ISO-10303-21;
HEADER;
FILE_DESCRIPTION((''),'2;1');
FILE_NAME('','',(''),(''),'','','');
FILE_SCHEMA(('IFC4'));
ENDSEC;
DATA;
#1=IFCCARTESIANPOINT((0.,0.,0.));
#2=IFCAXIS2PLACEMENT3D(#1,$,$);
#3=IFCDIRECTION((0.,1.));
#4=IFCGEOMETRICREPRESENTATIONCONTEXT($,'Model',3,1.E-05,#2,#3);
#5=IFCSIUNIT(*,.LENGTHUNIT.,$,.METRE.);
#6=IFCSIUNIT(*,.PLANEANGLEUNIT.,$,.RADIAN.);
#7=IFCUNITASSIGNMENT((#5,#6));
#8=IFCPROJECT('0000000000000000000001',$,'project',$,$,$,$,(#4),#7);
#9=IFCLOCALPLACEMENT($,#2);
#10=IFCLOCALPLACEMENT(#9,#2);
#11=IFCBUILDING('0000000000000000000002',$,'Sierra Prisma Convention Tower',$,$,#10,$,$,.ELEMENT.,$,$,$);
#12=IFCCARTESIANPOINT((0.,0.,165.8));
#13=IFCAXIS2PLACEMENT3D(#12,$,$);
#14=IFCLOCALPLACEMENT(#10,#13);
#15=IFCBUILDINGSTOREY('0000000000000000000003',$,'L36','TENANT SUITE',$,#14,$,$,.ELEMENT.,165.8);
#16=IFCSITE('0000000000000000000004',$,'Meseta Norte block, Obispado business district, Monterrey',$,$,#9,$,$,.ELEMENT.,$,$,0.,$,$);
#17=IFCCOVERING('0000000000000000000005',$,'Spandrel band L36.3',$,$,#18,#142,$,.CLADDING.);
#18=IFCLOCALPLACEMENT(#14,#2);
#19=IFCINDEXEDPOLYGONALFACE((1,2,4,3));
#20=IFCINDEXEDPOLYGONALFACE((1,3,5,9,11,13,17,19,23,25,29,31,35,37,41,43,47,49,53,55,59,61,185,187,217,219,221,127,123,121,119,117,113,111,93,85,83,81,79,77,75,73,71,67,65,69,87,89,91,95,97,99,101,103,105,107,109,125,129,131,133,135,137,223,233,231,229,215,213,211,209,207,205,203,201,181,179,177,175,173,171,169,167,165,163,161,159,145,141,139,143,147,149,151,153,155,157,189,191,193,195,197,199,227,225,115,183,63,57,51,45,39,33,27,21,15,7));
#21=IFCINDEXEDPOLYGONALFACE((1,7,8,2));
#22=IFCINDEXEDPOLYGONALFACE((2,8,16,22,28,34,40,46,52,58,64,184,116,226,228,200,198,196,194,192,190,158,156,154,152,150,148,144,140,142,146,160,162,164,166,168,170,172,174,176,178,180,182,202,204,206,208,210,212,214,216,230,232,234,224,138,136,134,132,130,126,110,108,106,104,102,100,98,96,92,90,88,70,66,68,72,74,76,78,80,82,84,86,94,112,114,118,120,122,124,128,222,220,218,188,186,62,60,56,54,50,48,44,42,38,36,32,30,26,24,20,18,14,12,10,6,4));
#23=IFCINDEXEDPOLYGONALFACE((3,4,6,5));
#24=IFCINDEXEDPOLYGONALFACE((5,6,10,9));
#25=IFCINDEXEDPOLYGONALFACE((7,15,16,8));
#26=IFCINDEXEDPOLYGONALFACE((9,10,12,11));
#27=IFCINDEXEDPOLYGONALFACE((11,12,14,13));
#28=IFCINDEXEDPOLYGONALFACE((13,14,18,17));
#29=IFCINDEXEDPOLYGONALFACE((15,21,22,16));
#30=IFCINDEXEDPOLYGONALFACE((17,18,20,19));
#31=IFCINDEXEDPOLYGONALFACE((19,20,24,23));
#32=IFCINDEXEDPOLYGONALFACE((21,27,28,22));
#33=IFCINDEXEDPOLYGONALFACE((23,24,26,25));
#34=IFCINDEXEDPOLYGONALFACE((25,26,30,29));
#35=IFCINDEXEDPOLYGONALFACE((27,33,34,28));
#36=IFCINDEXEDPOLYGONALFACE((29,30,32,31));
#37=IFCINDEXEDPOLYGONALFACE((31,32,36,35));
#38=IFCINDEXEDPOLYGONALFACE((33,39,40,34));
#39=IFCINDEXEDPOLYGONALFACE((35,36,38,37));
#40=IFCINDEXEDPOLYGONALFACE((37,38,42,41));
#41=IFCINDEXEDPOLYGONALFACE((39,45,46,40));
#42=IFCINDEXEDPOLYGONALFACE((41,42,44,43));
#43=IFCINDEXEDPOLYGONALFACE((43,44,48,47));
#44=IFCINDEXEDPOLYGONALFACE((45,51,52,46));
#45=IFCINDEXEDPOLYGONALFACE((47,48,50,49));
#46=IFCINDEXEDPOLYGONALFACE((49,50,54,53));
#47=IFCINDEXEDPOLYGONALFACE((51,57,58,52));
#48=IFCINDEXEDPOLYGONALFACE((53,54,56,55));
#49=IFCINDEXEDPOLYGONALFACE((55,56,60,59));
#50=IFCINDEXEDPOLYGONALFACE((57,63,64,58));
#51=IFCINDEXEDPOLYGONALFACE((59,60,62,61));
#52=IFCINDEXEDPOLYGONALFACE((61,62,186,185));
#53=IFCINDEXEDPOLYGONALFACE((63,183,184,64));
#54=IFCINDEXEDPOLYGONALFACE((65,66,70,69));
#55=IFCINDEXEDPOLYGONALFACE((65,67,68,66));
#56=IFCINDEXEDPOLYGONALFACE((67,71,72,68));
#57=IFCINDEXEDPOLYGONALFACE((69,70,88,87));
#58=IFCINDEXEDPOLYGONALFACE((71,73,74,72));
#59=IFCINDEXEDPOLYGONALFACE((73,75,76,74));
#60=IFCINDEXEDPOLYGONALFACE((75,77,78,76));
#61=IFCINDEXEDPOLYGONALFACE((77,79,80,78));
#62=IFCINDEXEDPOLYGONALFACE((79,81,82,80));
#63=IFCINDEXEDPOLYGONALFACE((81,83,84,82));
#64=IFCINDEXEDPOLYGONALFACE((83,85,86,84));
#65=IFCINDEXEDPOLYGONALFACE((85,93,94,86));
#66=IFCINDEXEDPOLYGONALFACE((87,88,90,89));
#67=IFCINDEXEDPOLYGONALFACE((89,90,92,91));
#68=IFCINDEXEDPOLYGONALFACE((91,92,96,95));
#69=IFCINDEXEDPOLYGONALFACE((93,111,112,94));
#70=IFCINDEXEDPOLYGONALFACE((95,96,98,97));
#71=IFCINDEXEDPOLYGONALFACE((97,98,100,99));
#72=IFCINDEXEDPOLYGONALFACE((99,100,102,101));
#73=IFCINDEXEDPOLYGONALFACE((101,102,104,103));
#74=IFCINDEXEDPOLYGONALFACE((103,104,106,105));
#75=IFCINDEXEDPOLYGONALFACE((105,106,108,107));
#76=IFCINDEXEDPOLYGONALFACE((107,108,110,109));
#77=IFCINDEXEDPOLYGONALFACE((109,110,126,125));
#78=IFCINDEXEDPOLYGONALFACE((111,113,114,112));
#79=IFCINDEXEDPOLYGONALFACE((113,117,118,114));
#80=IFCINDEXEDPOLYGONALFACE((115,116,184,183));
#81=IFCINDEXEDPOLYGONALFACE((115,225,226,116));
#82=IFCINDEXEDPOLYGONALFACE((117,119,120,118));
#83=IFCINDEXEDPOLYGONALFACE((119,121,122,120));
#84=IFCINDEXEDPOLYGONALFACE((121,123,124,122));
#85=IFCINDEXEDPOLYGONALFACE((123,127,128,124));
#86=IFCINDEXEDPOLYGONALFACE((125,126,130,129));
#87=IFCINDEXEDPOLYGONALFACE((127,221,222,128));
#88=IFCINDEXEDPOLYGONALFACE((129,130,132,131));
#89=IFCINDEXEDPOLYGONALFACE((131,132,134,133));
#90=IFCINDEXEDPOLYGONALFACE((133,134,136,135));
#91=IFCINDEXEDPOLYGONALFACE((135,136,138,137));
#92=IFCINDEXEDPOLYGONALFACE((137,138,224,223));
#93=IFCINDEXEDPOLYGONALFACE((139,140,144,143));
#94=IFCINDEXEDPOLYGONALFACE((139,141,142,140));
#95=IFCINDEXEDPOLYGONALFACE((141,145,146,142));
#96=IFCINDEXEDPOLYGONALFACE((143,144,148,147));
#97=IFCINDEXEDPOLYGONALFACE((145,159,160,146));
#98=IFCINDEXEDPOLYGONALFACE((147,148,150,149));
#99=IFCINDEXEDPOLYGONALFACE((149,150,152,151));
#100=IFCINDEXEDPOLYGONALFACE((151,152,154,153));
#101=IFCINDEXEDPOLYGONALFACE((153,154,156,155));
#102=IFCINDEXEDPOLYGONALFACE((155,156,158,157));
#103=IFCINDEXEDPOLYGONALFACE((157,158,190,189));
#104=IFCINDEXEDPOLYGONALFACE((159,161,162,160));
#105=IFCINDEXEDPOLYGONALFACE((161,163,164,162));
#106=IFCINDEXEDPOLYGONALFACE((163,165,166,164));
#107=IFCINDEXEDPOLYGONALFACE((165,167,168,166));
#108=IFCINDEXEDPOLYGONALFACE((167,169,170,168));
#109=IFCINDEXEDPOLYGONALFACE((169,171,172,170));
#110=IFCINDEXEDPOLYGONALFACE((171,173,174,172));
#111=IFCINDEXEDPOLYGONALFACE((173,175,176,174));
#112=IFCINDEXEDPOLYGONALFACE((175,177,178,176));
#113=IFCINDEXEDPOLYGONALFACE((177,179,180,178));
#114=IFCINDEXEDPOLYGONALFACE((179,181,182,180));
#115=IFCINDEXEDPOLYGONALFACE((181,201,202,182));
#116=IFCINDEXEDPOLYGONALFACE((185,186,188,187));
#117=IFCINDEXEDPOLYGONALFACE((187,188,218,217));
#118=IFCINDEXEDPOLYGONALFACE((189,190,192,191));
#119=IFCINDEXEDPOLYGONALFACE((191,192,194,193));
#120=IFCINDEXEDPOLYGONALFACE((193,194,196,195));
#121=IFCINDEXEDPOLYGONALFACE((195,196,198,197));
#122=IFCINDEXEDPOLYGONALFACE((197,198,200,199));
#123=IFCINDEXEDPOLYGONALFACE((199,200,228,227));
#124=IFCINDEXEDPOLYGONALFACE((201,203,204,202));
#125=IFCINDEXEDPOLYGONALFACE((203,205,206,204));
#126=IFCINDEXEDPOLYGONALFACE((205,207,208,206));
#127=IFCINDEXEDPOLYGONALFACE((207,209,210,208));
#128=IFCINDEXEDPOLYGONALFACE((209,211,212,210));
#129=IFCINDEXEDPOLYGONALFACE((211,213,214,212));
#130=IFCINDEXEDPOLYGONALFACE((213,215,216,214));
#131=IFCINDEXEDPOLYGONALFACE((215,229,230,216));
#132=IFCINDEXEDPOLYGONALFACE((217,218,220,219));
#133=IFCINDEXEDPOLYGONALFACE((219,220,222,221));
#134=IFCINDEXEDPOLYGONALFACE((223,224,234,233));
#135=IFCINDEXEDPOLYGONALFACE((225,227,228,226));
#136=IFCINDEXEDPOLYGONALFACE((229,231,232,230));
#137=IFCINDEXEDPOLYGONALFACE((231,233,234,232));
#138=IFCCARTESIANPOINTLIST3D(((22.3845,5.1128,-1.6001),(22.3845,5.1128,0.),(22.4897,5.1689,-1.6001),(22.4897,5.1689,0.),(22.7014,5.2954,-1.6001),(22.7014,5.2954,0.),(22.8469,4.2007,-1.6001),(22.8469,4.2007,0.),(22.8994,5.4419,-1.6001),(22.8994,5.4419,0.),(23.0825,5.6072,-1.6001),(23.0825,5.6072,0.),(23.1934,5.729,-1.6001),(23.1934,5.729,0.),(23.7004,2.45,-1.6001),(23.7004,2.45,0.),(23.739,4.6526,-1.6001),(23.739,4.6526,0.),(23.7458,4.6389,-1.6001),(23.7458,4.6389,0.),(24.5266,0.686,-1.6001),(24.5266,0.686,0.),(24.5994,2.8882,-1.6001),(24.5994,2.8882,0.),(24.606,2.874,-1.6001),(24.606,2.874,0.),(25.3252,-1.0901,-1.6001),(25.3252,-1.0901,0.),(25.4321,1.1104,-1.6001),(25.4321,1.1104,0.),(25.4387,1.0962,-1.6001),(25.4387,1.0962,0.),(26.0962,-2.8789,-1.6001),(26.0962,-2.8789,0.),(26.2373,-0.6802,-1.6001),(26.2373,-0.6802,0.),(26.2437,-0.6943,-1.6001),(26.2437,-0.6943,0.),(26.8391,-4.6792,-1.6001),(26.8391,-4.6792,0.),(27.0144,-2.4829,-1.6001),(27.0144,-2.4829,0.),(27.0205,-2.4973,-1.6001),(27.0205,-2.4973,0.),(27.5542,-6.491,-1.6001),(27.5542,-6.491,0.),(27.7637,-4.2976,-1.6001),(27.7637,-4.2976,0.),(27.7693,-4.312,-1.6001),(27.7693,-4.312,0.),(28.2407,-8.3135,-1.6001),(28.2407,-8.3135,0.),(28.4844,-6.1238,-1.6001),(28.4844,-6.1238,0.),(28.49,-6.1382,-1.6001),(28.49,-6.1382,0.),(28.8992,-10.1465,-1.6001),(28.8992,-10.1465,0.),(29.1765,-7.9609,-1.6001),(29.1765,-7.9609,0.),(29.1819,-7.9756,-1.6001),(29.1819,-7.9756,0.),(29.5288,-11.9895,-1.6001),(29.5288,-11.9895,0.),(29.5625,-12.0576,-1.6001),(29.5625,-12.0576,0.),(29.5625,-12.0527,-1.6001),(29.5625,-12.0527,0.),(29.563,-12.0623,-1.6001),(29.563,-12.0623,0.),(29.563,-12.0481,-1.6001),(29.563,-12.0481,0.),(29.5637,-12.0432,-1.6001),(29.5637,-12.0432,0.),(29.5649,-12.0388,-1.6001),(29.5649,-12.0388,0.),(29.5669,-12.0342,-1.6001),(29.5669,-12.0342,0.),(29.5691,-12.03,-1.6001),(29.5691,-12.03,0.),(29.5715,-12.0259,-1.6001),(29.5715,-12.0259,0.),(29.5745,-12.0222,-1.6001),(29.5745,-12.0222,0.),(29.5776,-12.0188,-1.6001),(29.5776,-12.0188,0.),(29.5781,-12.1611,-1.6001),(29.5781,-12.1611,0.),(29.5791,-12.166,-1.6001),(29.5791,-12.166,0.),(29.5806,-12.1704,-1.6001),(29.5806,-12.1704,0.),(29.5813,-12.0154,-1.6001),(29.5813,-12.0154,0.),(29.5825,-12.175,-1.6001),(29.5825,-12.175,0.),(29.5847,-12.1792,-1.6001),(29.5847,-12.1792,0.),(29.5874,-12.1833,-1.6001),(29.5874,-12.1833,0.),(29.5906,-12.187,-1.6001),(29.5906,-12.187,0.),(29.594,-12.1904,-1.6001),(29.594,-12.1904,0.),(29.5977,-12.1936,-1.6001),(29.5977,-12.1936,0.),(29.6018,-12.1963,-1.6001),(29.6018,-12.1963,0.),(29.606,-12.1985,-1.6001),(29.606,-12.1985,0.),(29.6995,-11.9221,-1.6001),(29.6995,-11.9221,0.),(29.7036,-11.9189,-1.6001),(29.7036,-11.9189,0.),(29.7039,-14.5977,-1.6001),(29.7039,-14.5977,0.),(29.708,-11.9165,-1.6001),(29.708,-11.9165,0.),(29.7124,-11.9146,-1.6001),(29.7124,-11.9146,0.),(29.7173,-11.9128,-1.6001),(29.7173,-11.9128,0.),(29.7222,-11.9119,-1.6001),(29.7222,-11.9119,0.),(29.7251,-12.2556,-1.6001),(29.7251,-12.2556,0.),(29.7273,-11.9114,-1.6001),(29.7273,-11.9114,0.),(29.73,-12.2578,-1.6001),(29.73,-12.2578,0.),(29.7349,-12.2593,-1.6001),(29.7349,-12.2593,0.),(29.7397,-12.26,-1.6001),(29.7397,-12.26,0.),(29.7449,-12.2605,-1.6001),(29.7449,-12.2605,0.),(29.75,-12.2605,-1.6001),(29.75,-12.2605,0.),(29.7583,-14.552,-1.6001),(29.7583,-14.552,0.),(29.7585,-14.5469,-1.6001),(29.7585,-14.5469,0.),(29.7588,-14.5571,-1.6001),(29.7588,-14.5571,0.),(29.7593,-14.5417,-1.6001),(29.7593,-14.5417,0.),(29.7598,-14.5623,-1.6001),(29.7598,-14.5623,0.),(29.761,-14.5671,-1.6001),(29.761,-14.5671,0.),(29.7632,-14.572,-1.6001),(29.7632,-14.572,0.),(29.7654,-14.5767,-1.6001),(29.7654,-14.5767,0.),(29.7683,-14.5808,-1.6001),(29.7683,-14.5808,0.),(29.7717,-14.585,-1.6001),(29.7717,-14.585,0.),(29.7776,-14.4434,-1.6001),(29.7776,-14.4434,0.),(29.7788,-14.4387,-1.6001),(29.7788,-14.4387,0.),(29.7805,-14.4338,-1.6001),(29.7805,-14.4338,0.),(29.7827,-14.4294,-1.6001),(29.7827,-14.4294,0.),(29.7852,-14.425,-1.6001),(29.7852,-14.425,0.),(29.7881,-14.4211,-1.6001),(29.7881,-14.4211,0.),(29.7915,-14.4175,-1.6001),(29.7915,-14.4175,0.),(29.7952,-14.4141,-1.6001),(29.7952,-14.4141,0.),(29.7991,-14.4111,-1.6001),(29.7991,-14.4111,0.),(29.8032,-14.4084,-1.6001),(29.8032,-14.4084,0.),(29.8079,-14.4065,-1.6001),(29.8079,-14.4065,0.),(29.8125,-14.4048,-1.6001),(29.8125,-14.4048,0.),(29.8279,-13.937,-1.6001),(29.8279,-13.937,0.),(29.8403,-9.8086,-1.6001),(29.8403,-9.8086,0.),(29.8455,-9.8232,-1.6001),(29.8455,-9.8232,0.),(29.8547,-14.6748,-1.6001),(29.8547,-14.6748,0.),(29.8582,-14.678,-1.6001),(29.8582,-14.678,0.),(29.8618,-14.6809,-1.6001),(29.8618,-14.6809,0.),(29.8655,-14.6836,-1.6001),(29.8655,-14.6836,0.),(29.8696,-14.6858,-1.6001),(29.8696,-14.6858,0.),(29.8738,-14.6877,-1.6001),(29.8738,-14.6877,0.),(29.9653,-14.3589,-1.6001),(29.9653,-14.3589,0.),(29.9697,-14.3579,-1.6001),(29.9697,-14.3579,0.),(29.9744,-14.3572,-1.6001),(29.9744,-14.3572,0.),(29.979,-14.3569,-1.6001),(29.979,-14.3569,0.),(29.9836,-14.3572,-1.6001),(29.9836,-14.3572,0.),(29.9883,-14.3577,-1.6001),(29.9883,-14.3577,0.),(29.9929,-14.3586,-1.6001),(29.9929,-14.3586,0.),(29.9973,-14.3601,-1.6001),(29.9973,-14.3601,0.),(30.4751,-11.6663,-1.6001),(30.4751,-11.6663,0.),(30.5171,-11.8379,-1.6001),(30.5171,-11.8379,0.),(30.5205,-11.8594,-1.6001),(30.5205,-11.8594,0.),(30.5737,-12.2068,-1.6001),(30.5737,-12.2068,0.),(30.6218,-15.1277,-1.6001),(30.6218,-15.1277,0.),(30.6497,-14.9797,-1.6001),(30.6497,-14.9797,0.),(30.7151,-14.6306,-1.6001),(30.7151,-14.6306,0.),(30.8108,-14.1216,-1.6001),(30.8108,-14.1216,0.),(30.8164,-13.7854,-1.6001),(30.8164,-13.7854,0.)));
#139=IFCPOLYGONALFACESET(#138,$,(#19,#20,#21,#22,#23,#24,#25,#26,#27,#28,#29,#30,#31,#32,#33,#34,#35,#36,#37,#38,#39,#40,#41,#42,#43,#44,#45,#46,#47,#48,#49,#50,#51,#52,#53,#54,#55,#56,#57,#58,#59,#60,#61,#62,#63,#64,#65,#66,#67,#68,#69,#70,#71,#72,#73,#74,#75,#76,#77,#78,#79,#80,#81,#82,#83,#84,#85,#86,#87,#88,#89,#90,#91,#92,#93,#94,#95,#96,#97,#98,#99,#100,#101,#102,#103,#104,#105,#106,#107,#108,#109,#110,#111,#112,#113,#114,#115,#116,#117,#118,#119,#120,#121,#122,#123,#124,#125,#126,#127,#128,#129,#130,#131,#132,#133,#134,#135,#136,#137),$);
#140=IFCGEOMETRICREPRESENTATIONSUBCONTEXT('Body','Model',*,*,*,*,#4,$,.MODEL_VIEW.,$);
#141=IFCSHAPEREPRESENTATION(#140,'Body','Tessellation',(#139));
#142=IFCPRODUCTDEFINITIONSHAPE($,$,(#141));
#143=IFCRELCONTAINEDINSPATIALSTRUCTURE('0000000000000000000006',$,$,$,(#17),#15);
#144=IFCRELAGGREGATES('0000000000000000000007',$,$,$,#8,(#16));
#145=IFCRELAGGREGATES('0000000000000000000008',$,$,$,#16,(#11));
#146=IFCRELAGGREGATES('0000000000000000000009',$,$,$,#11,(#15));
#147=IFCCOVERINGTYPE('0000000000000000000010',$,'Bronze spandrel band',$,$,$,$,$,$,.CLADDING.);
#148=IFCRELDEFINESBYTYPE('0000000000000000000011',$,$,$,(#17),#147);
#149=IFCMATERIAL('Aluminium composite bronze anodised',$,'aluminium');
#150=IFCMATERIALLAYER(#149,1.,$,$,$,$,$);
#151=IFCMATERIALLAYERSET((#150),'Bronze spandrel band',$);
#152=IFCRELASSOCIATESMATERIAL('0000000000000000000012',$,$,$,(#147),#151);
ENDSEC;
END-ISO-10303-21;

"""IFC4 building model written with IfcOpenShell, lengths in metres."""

from ifc_helpers import new_model, si_unit, direction, frame, origin, place, context, subcontext, project, spatial, polyline, outline, extrude, material, layer, layer_set, type_object, element, save


model = new_model("IFC4")

# Units and contexts
model_context = context("Model", 3, precision=1e-05, world=origin(), true_north=direction((0.0, 1.0)))
body_context = subcontext(model_context, "Body", "Model", "MODEL_VIEW")
ifc_project = project(units=[si_unit("LENGTHUNIT", "METRE"), si_unit("PLANEANGLEUNIT", "RADIAN")], contexts=[model_context])

# Site, building, storey
site_placement = place(None, origin())
site = spatial("IfcSite", under=ifc_project, at=site_placement, Name="Meseta Norte block, Obispado business district, Monterrey", CompositionType="ELEMENT", RefElevation=0.0)
building_placement = place(site_placement, origin())
building = spatial("IfcBuilding", under=site, at=building_placement, Name="Sierra Prisma Convention Tower", CompositionType="ELEMENT")
storey_placement = place(building_placement, frame((0.0, 0.0, 165.8)))
storey = spatial("IfcBuildingStorey", under=building, at=storey_placement, Name="L36", Description="TENANT SUITE", CompositionType="ELEMENT", Elevation=165.8)

# Covering
ifc_material_1 = material(Name="Aluminium composite bronze anodised", Category="aluminium")
ifc_layer_1 = layer(ifc_material_1, 1.0)
ifc_layer_set_1 = layer_set([ifc_layer_1], Name="Bronze spandrel band")
covering_type_1 = type_object("IfcCoveringType", Name="Bronze spandrel band", PredefinedType="CLADDING", material=ifc_layer_set_1)
covering_1_placement = place(storey_placement, frame((0.0, 0.0, -1.6001)))
element("IfcCovering", 1, at=covering_1_placement, inside=storey, type_object=covering_type_1, Name="Spandrel band L36.3", PredefinedType="CLADDING", context=body_context, shape_type="SweptSolid", body=[
    extrude(outline(polyline([(27.7637, -4.2976), (27.7693, -4.312), (28.4844, -6.1238), (28.49, -6.1382), (29.1765, -7.9609), (29.1819, -7.9756), (29.8403, -9.8086), (29.8455, -9.8232), (30.4751, -11.6663), (30.5171, -11.8379), (30.5205, -11.8594), (29.7273, -11.9114), (29.7222, -11.9119), (29.7173, -11.9128), (29.7124, -11.9146), (29.708, -11.9165), (29.7036, -11.9189), (29.6995, -11.9221), (29.5813, -12.0154), (29.5776, -12.0188), (29.5745, -12.0222), (29.5715, -12.0259), (29.5691, -12.03), (29.5669, -12.0342), (29.5649, -12.0388), (29.5637, -12.0432), (29.563, -12.0481), (29.5625, -12.0527), (29.5625, -12.0576), (29.563, -12.0623), (29.5781, -12.1611), (29.5791, -12.166), (29.5806, -12.1704), (29.5825, -12.175), (29.5847, -12.1792), (29.5874, -12.1833), (29.5906, -12.187), (29.594, -12.1904), (29.5977, -12.1936), (29.6018, -12.1963), (29.606, -12.1985), (29.7251, -12.2556), (29.73, -12.2578), (29.7349, -12.2593), (29.7397, -12.26), (29.7449, -12.2605), (29.75, -12.2605), (30.5737, -12.2068), (30.8164, -13.7854), (30.8108, -14.1216), (30.7151, -14.6306), (29.9973, -14.3601), (29.9929, -14.3586), (29.9883, -14.3577), (29.9836, -14.3572), (29.979, -14.3569), (29.9744, -14.3572), (29.9697, -14.3579), (29.9653, -14.3589), (29.8125, -14.4048), (29.8079, -14.4065), (29.8032, -14.4084), (29.7991, -14.4111), (29.7952, -14.4141), (29.7915, -14.4175), (29.7881, -14.4211), (29.7852, -14.425), (29.7827, -14.4294), (29.7805, -14.4338), (29.7788, -14.4387), (29.7776, -14.4434), (29.7593, -14.5417), (29.7585, -14.5469), (29.7583, -14.552), (29.7588, -14.5571), (29.7598, -14.5623), (29.761, -14.5671), (29.7632, -14.572), (29.7654, -14.5767), (29.7683, -14.5808), (29.7717, -14.585), (29.8547, -14.6748), (29.8582, -14.678), (29.8618, -14.6809), (29.8655, -14.6836), (29.8696, -14.6858), (29.8738, -14.6877), (30.6497, -14.9797), (30.6218, -15.1277), (29.7039, -14.5977), (29.8279, -13.937), (29.5288, -11.9895), (28.8992, -10.1465), (28.2407, -8.3135), (27.5542, -6.491), (26.8391, -4.6792), (26.0962, -2.8789), (25.3252, -1.0901), (24.5266, 0.686), (23.7004, 2.45), (22.8469, 4.2007), (22.3845, 5.1128), (22.4897, 5.1689), (22.7014, 5.2954), (22.8994, 5.4419), (23.0825, 5.6072), (23.1934, 5.729), (23.739, 4.6526), (23.7458, 4.6389), (24.5994, 2.8882), (24.606, 2.874), (25.4321, 1.1104), (25.4387, 1.0962), (26.2373, -0.6802), (26.2437, -0.6943), (27.0144, -2.4829), (27.0205, -2.4973), (27.7637, -4.2976)])), origin(), (0.0, 0.0, 1.0), 1.6001),
])

save(model, "model.ifc")
